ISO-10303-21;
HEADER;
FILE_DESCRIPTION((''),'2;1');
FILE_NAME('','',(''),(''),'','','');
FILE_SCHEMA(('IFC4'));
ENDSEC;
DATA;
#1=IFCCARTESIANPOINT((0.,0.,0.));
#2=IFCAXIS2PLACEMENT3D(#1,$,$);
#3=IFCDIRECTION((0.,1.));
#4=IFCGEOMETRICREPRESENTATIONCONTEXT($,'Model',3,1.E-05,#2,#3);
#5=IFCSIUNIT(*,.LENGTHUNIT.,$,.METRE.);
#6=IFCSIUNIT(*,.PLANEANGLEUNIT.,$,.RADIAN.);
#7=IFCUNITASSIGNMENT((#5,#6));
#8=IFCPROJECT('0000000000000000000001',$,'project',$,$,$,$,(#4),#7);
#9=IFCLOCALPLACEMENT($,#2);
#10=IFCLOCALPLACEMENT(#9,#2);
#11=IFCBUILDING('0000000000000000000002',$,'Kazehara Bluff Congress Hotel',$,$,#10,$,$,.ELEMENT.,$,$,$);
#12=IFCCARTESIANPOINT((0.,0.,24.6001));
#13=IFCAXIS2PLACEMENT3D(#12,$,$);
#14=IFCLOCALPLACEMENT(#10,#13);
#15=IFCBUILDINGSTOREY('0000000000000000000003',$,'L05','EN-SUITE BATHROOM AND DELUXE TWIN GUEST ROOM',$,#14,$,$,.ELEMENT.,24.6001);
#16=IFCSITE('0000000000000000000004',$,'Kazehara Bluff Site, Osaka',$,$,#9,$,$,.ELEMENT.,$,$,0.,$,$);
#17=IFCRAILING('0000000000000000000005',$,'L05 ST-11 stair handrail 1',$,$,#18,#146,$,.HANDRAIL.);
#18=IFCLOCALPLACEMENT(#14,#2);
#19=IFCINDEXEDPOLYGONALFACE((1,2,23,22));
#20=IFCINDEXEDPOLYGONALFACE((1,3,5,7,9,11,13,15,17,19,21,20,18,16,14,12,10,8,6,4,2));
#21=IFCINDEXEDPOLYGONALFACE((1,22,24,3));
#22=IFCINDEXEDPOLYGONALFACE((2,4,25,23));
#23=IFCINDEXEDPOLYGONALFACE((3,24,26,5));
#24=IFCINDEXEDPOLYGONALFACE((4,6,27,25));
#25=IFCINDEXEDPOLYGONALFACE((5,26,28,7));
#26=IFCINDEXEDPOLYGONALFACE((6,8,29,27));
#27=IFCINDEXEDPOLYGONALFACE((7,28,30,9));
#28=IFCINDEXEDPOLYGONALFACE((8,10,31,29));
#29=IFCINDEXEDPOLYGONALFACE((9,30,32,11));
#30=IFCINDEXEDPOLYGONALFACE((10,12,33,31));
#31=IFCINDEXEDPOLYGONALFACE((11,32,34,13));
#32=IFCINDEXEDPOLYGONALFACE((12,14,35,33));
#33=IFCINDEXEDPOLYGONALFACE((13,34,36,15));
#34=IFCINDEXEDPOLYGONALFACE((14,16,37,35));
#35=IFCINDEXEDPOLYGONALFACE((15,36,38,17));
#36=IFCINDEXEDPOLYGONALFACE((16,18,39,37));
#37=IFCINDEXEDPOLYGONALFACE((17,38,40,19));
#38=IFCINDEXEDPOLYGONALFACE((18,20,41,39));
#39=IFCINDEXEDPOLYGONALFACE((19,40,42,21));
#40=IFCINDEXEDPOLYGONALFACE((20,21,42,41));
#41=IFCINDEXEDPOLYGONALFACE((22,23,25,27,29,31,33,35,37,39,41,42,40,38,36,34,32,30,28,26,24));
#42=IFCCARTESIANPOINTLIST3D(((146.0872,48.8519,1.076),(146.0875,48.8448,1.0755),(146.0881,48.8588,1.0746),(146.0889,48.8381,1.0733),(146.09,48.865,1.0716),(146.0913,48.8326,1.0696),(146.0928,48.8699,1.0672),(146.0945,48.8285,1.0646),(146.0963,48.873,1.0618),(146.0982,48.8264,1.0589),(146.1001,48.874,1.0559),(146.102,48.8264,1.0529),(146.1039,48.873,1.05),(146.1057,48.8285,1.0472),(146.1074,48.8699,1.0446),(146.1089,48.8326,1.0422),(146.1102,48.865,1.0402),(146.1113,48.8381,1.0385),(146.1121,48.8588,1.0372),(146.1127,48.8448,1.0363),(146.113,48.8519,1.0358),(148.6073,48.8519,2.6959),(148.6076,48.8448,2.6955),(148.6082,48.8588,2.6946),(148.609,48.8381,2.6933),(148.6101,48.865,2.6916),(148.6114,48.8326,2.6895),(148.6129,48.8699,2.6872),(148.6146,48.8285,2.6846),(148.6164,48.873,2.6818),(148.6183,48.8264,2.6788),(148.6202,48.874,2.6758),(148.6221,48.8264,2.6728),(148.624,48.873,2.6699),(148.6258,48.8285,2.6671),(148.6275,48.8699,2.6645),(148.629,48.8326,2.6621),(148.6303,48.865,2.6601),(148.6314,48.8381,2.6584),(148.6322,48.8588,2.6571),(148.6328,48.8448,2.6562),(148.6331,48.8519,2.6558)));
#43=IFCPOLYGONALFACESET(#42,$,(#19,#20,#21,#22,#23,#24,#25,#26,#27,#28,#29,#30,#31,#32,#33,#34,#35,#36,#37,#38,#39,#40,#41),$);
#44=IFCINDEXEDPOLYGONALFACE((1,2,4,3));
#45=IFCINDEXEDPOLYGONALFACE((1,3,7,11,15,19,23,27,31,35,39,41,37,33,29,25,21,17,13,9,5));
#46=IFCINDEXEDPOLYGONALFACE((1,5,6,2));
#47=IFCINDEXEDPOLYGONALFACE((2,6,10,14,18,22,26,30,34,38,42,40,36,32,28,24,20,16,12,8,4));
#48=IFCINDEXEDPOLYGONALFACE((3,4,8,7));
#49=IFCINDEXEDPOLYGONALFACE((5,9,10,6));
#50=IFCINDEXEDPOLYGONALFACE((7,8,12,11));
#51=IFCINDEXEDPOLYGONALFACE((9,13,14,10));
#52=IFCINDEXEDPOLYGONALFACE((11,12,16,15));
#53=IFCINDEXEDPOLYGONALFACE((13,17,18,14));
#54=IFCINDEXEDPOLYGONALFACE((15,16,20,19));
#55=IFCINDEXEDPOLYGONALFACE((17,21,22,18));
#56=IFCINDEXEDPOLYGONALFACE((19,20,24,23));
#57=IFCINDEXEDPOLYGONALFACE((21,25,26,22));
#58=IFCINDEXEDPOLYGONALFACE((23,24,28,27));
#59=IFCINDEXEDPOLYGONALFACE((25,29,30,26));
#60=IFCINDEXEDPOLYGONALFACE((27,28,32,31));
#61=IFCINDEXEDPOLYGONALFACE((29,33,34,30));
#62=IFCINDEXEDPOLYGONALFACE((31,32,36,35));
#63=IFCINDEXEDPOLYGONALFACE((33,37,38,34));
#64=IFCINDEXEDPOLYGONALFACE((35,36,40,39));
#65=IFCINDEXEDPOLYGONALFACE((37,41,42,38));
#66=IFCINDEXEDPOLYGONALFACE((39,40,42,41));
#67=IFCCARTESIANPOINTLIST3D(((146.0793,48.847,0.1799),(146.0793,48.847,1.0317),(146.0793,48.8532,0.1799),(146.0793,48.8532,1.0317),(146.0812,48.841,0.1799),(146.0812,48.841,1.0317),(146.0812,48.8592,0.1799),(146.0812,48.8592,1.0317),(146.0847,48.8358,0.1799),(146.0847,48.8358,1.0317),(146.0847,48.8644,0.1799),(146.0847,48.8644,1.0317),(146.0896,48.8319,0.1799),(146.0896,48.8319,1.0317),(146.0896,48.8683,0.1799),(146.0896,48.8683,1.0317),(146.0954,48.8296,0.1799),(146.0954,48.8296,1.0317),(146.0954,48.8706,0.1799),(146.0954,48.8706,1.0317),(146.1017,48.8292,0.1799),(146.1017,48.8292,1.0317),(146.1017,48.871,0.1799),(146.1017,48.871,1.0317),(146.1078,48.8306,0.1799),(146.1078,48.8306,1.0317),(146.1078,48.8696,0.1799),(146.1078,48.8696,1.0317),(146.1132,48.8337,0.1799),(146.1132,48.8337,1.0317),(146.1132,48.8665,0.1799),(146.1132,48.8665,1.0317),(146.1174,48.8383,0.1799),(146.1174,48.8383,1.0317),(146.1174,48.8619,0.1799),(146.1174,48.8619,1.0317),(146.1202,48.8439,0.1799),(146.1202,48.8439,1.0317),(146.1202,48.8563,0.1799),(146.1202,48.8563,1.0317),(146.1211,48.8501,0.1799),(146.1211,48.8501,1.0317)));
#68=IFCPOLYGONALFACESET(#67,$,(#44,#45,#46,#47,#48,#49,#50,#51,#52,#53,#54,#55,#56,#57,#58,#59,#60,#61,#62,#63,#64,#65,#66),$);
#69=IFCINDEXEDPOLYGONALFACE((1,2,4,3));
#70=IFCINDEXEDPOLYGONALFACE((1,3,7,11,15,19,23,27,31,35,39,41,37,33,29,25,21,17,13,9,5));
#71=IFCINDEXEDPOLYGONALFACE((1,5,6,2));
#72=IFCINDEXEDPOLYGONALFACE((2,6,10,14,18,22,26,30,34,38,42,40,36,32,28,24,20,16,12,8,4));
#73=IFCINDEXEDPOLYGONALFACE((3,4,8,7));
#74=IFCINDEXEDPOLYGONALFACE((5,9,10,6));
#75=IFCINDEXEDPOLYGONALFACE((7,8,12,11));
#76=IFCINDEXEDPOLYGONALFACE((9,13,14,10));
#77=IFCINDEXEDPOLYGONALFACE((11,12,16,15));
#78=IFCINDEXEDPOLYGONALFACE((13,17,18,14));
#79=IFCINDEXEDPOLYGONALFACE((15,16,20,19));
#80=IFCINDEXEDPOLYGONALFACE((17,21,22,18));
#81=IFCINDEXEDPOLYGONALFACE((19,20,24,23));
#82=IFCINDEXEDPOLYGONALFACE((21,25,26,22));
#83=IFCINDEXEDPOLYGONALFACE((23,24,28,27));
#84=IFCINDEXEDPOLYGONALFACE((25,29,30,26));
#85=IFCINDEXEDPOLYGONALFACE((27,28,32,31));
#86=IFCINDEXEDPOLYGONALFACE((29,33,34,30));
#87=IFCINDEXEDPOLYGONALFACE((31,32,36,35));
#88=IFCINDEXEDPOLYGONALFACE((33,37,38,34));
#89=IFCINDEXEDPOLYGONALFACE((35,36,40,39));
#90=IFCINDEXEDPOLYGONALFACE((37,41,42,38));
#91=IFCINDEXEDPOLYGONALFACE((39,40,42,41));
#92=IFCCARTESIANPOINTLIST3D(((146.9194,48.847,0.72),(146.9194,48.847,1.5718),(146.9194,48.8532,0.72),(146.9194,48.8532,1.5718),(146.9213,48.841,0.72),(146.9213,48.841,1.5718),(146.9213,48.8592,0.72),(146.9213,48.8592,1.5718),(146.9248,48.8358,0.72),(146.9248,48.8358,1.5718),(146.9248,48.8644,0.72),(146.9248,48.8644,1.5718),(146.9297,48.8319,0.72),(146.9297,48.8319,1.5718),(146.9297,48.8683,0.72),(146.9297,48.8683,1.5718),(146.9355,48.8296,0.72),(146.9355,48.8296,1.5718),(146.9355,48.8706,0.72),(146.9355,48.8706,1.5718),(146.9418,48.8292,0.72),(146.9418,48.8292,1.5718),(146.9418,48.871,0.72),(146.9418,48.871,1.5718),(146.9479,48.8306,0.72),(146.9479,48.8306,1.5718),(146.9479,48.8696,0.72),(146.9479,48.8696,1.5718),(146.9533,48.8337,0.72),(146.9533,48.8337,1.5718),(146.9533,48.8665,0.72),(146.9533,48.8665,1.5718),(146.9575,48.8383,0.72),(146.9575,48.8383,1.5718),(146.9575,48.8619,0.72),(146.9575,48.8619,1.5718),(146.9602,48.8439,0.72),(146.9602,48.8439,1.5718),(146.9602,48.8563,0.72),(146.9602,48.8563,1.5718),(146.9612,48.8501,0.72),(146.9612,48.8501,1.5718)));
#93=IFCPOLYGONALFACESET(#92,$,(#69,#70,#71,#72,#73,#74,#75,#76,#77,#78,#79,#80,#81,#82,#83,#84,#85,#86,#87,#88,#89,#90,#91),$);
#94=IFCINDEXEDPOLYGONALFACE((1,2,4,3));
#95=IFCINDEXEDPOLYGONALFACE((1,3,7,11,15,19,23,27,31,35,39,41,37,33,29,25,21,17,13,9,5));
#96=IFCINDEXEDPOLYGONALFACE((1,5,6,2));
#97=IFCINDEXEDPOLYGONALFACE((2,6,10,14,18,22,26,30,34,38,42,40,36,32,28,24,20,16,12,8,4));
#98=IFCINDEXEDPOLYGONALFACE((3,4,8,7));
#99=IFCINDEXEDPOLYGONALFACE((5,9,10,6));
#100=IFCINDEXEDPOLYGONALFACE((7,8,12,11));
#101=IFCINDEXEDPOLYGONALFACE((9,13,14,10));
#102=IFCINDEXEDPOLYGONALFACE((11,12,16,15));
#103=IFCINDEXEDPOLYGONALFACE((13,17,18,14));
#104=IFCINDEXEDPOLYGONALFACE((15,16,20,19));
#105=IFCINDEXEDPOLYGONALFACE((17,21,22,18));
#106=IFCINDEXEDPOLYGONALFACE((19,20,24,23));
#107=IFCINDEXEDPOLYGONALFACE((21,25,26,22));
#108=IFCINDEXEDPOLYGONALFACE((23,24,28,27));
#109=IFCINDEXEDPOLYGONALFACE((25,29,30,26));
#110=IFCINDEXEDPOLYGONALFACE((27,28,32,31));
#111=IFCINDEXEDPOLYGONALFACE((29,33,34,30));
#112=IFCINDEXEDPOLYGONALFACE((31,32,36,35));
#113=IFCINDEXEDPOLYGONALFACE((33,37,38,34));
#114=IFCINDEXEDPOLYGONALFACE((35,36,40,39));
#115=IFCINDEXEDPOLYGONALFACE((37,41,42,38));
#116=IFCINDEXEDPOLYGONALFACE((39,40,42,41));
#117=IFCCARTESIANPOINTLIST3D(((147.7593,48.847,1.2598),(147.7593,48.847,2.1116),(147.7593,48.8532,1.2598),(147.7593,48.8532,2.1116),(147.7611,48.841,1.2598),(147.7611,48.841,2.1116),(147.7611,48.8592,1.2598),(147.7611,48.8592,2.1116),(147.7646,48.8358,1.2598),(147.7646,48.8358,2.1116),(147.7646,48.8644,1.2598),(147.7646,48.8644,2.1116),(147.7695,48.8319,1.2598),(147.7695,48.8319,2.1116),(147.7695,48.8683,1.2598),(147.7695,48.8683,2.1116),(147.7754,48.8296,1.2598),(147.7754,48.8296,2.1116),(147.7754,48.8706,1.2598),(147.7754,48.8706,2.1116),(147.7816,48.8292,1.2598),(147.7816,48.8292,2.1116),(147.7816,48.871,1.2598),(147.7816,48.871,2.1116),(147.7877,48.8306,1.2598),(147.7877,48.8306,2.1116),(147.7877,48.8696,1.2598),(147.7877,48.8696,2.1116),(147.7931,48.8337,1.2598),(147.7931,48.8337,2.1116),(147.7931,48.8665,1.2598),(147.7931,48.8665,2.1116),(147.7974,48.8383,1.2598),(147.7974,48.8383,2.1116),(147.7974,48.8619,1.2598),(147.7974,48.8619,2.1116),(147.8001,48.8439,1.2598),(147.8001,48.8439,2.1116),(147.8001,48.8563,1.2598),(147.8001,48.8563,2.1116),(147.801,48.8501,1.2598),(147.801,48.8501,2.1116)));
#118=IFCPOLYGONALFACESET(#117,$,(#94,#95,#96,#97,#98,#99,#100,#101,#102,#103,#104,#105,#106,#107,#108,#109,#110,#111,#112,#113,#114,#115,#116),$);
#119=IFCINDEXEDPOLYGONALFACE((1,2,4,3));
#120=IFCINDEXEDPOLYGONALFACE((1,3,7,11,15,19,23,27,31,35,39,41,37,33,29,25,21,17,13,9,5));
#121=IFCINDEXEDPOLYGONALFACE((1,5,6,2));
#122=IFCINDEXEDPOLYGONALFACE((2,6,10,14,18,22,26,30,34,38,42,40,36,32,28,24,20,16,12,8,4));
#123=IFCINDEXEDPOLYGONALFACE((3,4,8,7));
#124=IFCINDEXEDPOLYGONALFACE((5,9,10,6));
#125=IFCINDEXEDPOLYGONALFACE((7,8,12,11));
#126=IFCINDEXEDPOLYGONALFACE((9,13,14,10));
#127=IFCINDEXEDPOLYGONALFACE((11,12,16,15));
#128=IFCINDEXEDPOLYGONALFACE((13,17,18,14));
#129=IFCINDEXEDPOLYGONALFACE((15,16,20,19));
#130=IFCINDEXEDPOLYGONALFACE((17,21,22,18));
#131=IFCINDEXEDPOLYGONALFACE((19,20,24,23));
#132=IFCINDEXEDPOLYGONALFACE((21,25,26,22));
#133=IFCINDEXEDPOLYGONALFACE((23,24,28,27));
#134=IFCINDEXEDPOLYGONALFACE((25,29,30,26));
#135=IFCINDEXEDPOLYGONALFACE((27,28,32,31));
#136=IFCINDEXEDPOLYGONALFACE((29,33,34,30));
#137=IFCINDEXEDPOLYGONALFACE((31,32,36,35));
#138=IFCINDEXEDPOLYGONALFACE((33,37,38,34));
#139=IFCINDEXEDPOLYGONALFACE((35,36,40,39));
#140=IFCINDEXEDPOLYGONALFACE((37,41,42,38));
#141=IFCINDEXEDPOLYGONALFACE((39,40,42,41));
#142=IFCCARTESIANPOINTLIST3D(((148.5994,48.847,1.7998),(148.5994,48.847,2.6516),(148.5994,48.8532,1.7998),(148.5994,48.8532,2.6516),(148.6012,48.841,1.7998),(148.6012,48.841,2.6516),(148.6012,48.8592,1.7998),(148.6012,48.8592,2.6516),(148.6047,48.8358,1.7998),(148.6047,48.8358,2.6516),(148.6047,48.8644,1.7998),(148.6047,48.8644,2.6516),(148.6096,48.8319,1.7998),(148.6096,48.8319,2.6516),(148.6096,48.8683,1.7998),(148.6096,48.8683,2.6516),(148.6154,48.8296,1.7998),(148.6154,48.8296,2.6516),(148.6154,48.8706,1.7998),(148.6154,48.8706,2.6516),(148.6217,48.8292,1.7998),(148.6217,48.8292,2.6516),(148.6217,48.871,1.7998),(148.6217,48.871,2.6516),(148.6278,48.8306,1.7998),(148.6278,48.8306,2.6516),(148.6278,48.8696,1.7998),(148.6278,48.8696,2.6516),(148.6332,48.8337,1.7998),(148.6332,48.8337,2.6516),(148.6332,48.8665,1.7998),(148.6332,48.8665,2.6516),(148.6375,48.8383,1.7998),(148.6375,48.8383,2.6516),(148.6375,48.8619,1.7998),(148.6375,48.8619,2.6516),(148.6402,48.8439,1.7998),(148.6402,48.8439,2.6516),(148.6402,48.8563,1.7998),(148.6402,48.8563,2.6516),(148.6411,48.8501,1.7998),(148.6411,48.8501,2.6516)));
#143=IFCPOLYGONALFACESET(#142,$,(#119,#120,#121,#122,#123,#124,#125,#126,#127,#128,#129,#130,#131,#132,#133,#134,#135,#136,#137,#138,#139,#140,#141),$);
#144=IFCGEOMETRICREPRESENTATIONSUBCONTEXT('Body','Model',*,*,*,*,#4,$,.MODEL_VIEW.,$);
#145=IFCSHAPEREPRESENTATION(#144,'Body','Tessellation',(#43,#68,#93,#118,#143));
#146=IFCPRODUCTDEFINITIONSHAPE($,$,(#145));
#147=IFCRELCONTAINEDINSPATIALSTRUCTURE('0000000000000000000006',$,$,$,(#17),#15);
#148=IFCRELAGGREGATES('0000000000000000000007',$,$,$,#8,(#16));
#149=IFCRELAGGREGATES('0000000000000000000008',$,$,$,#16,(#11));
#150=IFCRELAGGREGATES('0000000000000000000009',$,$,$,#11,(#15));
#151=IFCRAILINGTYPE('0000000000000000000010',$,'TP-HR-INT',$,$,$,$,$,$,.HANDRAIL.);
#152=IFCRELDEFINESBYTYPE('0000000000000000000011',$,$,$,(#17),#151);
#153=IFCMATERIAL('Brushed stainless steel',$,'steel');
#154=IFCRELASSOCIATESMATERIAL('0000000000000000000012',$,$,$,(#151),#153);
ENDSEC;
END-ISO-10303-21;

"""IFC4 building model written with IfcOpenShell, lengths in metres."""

from ifc_helpers import new_model, si_unit, direction, frame, origin, origin_2d, place, context, subcontext, project, spatial, circle, extrude, material, type_object, element, save


model = new_model("IFC4")

# Units and contexts
model_context = context("Model", 3, precision=1e-05, world=origin(), true_north=direction((0.0, 1.0)))
body_context = subcontext(model_context, "Body", "Model", "MODEL_VIEW")
ifc_project = project(units=[si_unit("LENGTHUNIT", "METRE"), si_unit("PLANEANGLEUNIT", "RADIAN")], contexts=[model_context])

# Site, building, storey
site_placement = place(None, origin())
site = spatial("IfcSite", under=ifc_project, at=site_placement, Name="Kazehara Bluff Site, Osaka", CompositionType="ELEMENT", RefElevation=0.0)
building_placement = place(site_placement, origin())
building = spatial("IfcBuilding", under=site, at=building_placement, Name="Kazehara Bluff Congress Hotel", CompositionType="ELEMENT")
storey_placement = place(building_placement, frame((0.0, 0.0, 24.6001)))
storey = spatial("IfcBuildingStorey", under=building, at=storey_placement, Name="L05", Description="EN-SUITE BATHROOM AND DELUXE TWIN GUEST ROOM", CompositionType="ELEMENT", Elevation=24.6001)

# Railing
ifc_material_1 = material(Name="Brushed stainless steel", Category="steel")
railing_type_1 = type_object("IfcRailingType", Name="TP-HR-INT", PredefinedType="HANDRAIL", material=ifc_material_1)
railing_1_placement = place(storey_placement, frame((146.1001, 48.8501, 0.1799)))
element("IfcRailing", 1, at=railing_1_placement, inside=storey, type_object=railing_type_1, Name="L05 ST-11 stair handrail 1", PredefinedType="HANDRAIL", context=body_context, shape_type="SweptSolid", body=[
    extrude(circle(Radius=0.0239, at=origin_2d()), frame((0.0, 0.0, 0.876), z_axis=(0.8412, 0.0, 0.540725), x_axis=(0.0, 1.0, 0.0)), (0.0, 0.0, 1.0), 2.9958),
    extrude(circle(Radius=0.021, at=origin_2d()), origin(), (0.0, 0.0, 1.0), 0.8518),
    extrude(circle(Radius=0.021, at=origin_2d()), frame((0.8401, 0.0, 0.54)), (0.0, 0.0, 1.0), 0.8518),
    extrude(circle(Radius=0.021, at=origin_2d()), frame((1.6799, 0.0, 1.0798)), (0.0, 0.0, 1.0), 0.8518),
    extrude(circle(Radius=0.021, at=origin_2d()), frame((2.52, 0.0, 1.6199)), (0.0, 0.0, 1.0), 0.8518),
])

save(model, "model.ifc")
